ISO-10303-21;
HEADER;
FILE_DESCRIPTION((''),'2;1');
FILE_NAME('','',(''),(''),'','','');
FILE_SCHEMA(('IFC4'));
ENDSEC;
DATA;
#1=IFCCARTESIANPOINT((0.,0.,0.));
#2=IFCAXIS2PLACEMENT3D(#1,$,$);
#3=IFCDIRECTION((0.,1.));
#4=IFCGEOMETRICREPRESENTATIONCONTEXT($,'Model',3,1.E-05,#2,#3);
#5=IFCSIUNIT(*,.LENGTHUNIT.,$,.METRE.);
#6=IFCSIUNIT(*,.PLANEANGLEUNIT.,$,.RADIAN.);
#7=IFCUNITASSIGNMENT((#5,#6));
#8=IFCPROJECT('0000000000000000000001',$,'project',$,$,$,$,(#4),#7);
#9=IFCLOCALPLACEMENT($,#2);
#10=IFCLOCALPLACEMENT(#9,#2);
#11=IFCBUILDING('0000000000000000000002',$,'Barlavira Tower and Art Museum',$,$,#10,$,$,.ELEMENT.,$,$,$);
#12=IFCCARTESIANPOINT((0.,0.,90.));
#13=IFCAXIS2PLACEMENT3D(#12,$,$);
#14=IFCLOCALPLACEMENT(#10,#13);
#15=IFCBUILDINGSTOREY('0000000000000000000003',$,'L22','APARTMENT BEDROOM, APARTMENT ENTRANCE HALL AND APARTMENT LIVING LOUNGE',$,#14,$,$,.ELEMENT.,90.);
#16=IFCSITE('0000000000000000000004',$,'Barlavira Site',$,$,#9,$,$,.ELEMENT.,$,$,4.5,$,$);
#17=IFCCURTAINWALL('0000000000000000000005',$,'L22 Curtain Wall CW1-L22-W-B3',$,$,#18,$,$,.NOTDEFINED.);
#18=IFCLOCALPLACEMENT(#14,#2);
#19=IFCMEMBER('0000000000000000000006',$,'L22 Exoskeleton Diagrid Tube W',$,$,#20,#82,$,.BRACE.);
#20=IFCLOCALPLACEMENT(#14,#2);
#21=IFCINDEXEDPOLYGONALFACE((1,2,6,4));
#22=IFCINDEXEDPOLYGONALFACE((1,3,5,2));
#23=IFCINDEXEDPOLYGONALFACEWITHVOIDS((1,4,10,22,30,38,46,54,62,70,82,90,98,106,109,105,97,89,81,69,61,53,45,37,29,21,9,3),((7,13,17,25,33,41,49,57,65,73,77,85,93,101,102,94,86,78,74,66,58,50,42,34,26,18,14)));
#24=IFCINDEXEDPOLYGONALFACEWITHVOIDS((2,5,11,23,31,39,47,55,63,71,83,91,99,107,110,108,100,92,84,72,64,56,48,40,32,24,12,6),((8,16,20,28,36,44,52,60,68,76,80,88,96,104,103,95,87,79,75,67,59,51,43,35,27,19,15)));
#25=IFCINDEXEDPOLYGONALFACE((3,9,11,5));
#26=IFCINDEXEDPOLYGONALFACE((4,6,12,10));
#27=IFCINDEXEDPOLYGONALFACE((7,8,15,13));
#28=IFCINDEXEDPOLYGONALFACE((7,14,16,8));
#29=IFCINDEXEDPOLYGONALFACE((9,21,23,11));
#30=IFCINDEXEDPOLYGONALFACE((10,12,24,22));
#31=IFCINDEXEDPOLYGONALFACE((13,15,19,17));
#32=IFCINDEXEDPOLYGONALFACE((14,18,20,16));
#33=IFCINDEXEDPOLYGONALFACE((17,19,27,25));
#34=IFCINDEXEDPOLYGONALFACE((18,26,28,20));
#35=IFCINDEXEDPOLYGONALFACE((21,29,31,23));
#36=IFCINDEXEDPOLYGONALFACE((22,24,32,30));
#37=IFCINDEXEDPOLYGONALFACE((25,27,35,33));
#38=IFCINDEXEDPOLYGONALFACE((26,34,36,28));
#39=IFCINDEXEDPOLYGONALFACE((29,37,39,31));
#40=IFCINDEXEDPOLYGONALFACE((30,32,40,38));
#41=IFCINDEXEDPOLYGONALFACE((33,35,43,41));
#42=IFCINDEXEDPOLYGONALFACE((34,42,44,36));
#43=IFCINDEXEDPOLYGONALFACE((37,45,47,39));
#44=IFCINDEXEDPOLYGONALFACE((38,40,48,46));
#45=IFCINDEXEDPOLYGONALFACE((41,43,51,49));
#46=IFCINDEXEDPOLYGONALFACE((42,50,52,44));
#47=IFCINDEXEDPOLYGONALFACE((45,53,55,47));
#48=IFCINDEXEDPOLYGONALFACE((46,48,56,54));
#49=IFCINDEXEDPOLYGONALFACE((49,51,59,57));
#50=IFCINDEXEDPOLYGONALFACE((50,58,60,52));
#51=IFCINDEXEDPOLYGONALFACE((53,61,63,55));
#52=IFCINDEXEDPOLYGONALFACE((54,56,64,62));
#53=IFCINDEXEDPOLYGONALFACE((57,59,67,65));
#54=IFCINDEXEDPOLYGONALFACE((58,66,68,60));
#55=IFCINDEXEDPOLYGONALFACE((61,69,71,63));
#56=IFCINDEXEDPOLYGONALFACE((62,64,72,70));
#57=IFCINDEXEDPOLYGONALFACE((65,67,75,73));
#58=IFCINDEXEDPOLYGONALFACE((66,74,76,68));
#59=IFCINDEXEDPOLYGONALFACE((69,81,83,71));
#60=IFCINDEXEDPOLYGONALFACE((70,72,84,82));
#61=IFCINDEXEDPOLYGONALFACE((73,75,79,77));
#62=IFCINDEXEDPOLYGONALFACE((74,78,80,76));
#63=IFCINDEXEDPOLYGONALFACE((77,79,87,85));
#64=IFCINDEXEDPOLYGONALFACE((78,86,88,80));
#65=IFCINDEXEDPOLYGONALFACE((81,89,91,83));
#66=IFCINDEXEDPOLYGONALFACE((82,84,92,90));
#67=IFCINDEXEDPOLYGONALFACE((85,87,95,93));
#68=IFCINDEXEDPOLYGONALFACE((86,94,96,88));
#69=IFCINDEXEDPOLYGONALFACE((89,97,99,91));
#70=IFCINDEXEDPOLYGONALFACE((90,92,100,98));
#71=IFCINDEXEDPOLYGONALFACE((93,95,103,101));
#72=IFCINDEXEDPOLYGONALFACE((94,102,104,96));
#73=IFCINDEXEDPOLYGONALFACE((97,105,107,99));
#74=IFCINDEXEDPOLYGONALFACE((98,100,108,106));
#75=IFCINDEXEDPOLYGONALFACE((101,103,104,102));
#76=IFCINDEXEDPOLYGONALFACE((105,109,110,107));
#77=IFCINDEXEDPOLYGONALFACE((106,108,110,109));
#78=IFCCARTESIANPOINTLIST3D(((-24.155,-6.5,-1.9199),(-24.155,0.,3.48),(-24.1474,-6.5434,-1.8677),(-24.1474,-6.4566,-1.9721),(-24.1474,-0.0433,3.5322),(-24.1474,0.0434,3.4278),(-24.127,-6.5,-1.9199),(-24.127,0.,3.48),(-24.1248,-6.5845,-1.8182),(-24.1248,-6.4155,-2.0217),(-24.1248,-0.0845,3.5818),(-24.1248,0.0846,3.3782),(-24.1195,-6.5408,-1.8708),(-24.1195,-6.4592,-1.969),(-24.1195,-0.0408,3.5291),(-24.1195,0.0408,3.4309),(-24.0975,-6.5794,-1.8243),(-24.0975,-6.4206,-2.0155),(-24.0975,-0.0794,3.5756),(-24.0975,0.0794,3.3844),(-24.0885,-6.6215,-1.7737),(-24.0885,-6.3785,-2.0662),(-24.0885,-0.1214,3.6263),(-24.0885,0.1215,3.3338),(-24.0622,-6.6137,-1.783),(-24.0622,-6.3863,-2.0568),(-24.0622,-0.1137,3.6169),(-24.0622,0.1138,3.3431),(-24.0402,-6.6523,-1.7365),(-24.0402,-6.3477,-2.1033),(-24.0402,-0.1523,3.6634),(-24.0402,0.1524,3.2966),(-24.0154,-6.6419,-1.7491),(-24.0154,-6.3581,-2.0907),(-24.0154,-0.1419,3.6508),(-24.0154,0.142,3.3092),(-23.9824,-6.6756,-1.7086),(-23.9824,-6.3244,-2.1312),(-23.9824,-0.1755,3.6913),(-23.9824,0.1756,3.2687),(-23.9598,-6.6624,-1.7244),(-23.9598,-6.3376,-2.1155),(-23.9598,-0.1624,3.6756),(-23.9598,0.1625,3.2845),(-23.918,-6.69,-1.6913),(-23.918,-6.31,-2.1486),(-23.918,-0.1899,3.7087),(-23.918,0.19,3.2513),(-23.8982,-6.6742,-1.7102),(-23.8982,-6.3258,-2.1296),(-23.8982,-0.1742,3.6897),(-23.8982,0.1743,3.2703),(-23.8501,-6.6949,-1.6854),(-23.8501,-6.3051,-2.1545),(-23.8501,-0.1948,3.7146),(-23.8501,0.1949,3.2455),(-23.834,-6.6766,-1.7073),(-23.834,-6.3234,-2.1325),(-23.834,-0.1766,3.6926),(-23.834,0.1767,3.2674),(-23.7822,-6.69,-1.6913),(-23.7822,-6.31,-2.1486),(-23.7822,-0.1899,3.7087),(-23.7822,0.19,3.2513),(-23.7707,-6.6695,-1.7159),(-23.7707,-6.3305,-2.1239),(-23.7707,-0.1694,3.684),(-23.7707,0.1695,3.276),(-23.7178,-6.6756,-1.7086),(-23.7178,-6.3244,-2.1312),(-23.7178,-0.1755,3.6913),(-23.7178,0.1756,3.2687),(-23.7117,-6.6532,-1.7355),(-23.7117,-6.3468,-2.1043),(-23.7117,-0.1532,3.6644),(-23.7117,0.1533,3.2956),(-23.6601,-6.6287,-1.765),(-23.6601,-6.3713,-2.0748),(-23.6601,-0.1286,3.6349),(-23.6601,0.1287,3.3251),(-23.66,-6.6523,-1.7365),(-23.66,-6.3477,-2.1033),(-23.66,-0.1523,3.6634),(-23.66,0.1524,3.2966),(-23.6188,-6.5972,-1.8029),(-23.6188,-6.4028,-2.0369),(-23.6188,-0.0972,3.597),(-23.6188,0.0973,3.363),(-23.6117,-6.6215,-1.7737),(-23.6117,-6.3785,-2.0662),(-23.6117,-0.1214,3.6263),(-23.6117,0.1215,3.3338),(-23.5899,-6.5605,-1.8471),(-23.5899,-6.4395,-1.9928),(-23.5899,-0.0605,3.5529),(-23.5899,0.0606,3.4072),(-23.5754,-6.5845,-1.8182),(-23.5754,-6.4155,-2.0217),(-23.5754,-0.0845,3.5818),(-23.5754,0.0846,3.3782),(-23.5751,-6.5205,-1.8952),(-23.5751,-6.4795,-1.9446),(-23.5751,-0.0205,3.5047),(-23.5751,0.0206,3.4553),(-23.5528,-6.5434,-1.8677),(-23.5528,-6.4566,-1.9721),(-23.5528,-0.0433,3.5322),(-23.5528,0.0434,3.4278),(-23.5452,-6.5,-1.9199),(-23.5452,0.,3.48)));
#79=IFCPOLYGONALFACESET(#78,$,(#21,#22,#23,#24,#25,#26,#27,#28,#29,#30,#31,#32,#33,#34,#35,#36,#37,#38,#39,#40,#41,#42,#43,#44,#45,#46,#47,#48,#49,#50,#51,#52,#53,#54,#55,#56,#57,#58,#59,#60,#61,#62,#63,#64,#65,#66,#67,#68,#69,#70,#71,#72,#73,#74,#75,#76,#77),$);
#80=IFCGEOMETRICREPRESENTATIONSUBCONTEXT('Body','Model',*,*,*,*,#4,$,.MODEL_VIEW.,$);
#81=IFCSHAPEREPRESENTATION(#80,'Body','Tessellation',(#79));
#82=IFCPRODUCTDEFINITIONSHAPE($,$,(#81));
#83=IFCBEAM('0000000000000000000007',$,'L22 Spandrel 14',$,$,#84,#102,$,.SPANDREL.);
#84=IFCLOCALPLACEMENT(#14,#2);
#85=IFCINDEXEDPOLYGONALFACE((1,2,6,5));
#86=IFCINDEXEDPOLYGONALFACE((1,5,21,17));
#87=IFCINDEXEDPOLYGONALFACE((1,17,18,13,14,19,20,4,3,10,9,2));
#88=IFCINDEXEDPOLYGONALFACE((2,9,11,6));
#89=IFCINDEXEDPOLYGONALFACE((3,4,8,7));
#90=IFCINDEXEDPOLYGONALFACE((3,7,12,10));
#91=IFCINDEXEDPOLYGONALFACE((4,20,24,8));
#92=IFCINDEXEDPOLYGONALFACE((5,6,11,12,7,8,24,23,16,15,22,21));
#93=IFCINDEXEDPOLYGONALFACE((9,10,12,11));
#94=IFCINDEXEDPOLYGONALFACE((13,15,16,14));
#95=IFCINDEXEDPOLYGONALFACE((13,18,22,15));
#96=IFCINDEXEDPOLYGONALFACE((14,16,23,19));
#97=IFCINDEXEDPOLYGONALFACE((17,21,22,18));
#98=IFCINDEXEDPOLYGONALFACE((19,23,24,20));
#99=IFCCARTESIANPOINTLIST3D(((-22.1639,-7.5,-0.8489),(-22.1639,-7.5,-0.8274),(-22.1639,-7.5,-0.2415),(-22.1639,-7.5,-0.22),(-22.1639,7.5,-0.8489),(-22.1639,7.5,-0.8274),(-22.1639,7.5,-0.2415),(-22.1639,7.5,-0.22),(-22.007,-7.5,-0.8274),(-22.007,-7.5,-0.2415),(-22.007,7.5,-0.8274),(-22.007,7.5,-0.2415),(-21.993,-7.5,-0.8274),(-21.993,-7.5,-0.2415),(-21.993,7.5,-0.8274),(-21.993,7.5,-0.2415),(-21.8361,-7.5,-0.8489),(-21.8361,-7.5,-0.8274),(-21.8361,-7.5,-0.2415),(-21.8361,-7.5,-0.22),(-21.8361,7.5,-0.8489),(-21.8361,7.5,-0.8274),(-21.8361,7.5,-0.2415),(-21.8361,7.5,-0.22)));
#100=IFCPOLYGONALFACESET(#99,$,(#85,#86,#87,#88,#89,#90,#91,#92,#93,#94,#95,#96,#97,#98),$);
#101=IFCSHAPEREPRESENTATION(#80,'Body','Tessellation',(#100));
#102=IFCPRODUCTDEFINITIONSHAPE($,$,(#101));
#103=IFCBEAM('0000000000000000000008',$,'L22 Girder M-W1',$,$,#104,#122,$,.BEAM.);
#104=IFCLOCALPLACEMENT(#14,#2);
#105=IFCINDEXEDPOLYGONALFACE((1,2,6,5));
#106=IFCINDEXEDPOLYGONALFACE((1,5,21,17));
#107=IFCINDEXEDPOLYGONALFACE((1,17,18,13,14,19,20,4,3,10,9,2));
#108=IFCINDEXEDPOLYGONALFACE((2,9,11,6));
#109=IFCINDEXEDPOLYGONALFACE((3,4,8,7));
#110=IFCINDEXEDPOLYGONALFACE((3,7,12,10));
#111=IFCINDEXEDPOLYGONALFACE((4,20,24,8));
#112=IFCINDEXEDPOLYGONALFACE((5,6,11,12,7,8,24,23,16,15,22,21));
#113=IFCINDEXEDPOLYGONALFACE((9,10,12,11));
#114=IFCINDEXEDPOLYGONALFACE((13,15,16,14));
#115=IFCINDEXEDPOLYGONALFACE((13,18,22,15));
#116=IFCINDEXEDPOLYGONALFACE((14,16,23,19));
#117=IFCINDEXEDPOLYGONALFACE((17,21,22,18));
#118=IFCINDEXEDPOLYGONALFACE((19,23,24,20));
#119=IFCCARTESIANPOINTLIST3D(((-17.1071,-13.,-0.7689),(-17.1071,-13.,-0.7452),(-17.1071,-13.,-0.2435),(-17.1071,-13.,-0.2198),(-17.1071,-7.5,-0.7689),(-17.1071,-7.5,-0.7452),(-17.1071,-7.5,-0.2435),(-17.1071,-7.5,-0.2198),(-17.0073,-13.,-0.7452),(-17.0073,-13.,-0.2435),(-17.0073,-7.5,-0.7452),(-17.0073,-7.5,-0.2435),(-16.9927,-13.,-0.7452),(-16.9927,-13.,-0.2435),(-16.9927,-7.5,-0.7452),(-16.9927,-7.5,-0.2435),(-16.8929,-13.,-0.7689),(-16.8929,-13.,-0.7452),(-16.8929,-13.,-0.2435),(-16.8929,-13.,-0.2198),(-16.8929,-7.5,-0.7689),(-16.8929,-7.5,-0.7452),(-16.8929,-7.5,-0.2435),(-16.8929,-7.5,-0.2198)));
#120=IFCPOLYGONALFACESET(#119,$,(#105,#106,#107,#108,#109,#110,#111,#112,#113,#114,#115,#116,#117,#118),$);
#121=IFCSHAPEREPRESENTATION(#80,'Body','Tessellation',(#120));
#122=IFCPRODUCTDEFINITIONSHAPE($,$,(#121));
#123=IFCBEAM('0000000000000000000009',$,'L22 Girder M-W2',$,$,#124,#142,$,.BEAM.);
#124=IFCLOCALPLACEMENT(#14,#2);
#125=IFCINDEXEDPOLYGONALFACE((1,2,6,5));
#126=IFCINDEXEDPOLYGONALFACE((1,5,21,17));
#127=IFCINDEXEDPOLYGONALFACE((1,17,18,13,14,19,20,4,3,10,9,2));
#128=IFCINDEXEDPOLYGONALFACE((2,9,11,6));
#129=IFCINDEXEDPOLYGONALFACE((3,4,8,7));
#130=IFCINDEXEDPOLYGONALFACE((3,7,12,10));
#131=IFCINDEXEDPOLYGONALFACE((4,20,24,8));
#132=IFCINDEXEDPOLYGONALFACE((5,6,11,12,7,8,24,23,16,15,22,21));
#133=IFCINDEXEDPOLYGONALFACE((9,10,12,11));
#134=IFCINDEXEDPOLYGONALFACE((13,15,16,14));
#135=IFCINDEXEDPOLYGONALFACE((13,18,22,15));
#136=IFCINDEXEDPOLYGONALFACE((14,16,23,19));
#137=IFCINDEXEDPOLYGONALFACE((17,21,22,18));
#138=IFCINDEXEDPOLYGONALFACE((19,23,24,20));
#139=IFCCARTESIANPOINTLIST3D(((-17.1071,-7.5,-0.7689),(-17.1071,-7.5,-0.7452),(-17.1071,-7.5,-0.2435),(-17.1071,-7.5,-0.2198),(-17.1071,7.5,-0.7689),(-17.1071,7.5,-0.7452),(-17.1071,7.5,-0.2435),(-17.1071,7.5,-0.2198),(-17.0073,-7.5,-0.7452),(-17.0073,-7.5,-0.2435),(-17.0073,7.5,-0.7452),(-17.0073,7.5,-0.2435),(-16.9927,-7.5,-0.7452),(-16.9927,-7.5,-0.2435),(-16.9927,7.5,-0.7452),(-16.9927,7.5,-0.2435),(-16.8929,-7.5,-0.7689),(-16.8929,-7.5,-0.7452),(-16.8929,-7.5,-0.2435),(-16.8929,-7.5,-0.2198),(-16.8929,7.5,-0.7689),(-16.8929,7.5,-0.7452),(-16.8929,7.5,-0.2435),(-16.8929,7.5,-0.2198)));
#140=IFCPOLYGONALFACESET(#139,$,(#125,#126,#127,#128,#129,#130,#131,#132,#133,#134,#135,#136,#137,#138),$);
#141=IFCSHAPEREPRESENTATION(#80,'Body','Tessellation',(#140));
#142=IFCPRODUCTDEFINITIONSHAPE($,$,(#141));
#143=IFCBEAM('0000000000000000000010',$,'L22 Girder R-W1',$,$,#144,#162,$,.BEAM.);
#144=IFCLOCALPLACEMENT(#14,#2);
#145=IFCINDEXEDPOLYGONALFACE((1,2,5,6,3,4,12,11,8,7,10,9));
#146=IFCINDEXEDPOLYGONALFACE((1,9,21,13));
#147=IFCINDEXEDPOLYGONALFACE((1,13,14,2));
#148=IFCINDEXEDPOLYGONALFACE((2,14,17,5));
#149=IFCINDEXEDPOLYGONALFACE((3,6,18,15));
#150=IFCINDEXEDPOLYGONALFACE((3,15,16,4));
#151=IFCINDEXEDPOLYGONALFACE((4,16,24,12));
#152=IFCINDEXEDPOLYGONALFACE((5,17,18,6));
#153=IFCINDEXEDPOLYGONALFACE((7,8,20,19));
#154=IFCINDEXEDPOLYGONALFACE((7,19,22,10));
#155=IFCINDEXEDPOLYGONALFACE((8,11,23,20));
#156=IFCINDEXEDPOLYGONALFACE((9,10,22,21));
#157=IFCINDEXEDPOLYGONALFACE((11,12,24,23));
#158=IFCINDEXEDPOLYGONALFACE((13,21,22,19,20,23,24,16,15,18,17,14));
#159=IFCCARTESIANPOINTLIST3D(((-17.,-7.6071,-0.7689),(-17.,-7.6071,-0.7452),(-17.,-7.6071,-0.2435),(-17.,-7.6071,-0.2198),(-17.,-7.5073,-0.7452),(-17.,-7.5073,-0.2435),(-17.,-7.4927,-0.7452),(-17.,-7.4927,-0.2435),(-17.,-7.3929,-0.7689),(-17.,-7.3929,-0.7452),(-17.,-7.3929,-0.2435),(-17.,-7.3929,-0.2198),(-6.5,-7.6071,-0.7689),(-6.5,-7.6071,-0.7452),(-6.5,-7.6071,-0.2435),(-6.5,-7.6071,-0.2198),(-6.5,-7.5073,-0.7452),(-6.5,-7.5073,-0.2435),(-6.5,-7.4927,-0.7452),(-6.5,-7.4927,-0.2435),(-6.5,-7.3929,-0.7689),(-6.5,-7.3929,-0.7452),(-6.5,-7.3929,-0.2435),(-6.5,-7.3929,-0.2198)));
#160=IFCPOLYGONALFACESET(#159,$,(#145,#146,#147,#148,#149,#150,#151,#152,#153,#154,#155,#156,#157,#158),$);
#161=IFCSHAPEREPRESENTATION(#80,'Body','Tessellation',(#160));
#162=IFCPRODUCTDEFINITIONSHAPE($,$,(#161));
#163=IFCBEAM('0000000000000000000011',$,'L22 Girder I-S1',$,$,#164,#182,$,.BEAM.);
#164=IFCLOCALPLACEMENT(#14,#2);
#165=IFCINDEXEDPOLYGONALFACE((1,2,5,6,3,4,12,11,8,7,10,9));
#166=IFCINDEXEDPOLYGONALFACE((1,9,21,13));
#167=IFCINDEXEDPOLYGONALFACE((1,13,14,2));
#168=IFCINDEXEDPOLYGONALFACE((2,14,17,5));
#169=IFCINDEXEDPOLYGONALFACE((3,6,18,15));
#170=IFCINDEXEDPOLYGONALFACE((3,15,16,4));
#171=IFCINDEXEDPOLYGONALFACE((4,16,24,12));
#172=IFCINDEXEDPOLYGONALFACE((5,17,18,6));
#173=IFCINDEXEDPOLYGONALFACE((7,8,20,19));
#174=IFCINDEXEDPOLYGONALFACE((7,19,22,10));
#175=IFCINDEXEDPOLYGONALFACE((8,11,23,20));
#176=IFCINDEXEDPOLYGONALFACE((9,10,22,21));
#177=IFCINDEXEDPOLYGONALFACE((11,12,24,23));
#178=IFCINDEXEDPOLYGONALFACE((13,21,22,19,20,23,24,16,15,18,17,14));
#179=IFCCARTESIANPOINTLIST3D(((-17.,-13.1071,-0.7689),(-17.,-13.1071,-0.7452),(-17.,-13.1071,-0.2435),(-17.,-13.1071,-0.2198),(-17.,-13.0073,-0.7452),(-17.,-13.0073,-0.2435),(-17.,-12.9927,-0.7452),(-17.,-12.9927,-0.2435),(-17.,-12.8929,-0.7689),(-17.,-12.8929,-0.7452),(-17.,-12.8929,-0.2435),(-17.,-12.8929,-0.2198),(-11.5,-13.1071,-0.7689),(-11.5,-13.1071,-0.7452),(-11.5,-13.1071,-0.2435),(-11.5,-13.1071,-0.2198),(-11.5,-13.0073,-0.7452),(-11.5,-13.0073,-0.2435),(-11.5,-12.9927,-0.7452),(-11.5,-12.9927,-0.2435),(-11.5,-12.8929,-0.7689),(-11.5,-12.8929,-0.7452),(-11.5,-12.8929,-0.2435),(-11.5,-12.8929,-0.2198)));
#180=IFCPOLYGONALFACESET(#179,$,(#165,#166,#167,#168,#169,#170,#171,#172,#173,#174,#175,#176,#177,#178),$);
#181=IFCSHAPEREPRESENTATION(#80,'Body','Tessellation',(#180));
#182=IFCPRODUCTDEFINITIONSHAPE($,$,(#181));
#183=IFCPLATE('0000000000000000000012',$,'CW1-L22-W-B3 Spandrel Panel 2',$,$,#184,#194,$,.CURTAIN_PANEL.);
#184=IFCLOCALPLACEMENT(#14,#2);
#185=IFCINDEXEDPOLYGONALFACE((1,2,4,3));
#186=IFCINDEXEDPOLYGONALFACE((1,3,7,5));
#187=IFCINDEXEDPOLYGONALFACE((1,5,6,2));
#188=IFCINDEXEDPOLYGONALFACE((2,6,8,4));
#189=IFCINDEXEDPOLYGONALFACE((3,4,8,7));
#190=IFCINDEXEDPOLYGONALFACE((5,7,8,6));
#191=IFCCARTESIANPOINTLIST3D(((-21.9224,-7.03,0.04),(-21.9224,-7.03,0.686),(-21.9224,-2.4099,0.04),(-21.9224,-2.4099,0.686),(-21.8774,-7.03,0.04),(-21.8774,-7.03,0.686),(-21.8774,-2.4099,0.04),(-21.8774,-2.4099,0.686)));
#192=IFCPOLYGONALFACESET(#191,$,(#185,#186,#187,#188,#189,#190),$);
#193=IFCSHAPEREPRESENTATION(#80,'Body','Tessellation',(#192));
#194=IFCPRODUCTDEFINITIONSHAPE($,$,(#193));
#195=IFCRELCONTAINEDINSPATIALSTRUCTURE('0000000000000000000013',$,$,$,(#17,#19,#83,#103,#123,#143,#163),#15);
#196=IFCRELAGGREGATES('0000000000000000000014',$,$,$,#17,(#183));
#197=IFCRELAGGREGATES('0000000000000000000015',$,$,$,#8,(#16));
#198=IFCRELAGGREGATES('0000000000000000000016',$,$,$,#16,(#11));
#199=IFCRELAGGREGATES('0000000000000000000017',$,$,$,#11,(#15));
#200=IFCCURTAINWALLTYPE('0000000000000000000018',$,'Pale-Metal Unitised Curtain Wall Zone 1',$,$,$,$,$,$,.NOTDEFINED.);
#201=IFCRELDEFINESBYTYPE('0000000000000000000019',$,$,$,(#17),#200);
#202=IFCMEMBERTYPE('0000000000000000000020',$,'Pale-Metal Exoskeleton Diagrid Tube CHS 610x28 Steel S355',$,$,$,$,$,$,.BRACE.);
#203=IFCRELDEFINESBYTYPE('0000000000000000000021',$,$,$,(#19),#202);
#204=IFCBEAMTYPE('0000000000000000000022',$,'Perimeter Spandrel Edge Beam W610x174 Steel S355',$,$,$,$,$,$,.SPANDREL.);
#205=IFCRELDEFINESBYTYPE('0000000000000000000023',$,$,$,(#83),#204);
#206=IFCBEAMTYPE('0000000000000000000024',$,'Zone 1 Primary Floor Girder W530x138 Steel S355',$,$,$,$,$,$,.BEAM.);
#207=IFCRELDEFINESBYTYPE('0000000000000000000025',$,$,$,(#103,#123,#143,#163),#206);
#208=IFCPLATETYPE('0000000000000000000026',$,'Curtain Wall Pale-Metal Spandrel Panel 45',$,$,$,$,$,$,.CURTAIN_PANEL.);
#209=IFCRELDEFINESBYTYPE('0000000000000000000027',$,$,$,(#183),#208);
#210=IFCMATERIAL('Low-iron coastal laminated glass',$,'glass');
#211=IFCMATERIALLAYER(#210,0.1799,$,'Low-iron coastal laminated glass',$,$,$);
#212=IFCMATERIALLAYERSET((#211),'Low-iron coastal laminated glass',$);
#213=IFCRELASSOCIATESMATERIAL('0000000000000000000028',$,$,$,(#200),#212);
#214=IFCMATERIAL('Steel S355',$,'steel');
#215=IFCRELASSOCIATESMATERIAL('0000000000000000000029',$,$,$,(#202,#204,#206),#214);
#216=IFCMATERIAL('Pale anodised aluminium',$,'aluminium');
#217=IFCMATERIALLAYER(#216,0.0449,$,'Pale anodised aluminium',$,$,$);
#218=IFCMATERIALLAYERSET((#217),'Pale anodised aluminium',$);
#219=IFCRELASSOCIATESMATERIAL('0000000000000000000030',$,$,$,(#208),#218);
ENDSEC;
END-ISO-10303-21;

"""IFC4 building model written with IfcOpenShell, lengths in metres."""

from ifc_helpers import new_model, si_unit, direction, frame, origin, origin_2d, place, context, subcontext, project, spatial, rectangle, hollow_circle, i_section, extrude, material, layer, layer_set, material_profile, profile_set, type_object, element, aggregate, save


model = new_model("IFC4")

# Units and contexts
model_context = context("Model", 3, precision=1e-05, world=origin(), true_north=direction((0.0, 1.0)))
body_context = subcontext(model_context, "Body", "Model", "MODEL_VIEW")
ifc_project = project(units=[si_unit("LENGTHUNIT", "METRE"), si_unit("PLANEANGLEUNIT", "RADIAN")], contexts=[model_context])

# Site, building, storey
site_placement = place(None, origin())
site = spatial("IfcSite", under=ifc_project, at=site_placement, Name="Barlavira Site", CompositionType="ELEMENT", RefElevation=4.5)
building_placement = place(site_placement, origin())
building = spatial("IfcBuilding", under=site, at=building_placement, Name="Barlavira Tower and Art Museum", CompositionType="ELEMENT")
storey_placement = place(building_placement, frame((0.0, 0.0, 90.0)))
storey = spatial("IfcBuildingStorey", under=building, at=storey_placement, Name="L22", Description="APARTMENT BEDROOM, APARTMENT ENTRANCE HALL AND APARTMENT LIVING LOUNGE", CompositionType="ELEMENT", Elevation=90.0)

# Curtain wall
ifc_material_1 = material(Name="Low-iron coastal laminated glass", Category="glass")
ifc_layer_1 = layer(ifc_material_1, 0.1799, Name="Low-iron coastal laminated glass")
ifc_layer_set_1 = layer_set([ifc_layer_1], Name="Low-iron coastal laminated glass")
curtain_wall_type = type_object("IfcCurtainWallType", Name="Pale-Metal Unitised Curtain Wall Zone 1", PredefinedType="NOTDEFINED", material=ifc_layer_set_1)
curtain_wall_placement = place(storey_placement, origin())
curtain_wall = element("IfcCurtainWall", 1, at=curtain_wall_placement, inside=storey, type_object=curtain_wall_type, Name="L22 Curtain Wall CW1-L22-W-B3", PredefinedType="NOTDEFINED")
ifc_material_2 = material(Name="Pale anodised aluminium", Category="aluminium")

# Member
ifc_material_3 = material(Name="Steel S355", Category="steel")
ifc_material_profile_1 = material_profile(ifc_material_3, hollow_circle(Radius=0.3049, WallThickness=0.0281, at=origin_2d()), Name="CHS 610.0x28.0")
ifc_profile_set_1 = profile_set([ifc_material_profile_1], Name="Steel S355")
member_type_1 = type_object("IfcMemberType", Name="Pale-Metal Exoskeleton Diagrid Tube CHS 610x28 Steel S355", PredefinedType="BRACE", material=ifc_profile_set_1)
for number, where, z_axis, x_axis, name in (
    (2, (-23.8501, -6.5, -1.9199), (0.0, 0.769196, 0.639013), (-1.0, 0.0, 0.0), "L22 Exoskeleton Diagrid Tube W"),
):
    element("IfcMember", number, at=place(storey_placement, frame(where, z_axis=z_axis, x_axis=x_axis)), inside=storey, type_object=member_type_1, Name=name, PredefinedType="BRACE", context=body_context, shape_type="SweptSolid", body=[
        extrude(hollow_circle(Radius=0.3049, WallThickness=0.0281, at=origin_2d()), origin(), (0.0, 0.0, 1.0), 8.4504),
    ])

# Beams
ifc_material_profile_2 = material_profile(ifc_material_3, i_section(OverallWidth=0.3279, OverallDepth=0.6289, WebThickness=0.0139, FlangeThickness=0.0215, at=origin_2d()), Name="W610x174.0")
ifc_profile_set_2 = profile_set([ifc_material_profile_2], Name="Steel S355")
beam_type_1 = type_object("IfcBeamType", Name="Perimeter Spandrel Edge Beam W610x174 Steel S355", PredefinedType="SPANDREL", material=ifc_profile_set_2)
beam_1_placement = place(storey_placement, frame((-22.0, -7.5, -0.5344), z_axis=(0.0, 1.0, 0.0), x_axis=(-1.0, 0.0, 0.0)))
element("IfcBeam", 3, at=beam_1_placement, inside=storey, type_object=beam_type_1, Name="L22 Spandrel 14", PredefinedType="SPANDREL", context=body_context, shape_type="SweptSolid", body=[
    extrude(i_section(OverallWidth=0.3279, OverallDepth=0.6289, WebThickness=0.0139, FlangeThickness=0.0215, at=origin_2d()), origin(), (0.0, 0.0, 1.0), 15.0),
])
ifc_material_profile_3 = material_profile(ifc_material_3, i_section(OverallWidth=0.2141, OverallDepth=0.5491, WebThickness=0.0146, FlangeThickness=0.0237, at=origin_2d()), Name="W530x138.0")
ifc_profile_set_3 = profile_set([ifc_material_profile_3], Name="Steel S355")
beam_type_2 = type_object("IfcBeamType", Name="Zone 1 Primary Floor Girder W530x138 Steel S355", PredefinedType="BEAM", material=ifc_profile_set_3)
beam_2_placement = place(storey_placement, frame((-17.0, -13.0, -0.4944), z_axis=(0.0, 1.0, 0.0), x_axis=(-1.0, 0.0, 0.0)))
element("IfcBeam", 4, at=beam_2_placement, inside=storey, type_object=beam_type_2, Name="L22 Girder M-W1", PredefinedType="BEAM", context=body_context, shape_type="SweptSolid", body=[
    extrude(i_section(OverallWidth=0.2141, OverallDepth=0.5491, WebThickness=0.0146, FlangeThickness=0.0237, at=origin_2d()), origin(), (0.0, 0.0, 1.0), 5.5),
])
beam_3_placement = place(storey_placement, frame((-17.0, -7.5, -0.4944), z_axis=(0.0, 1.0, 0.0), x_axis=(-1.0, 0.0, 0.0)))
element("IfcBeam", 5, at=beam_3_placement, inside=storey, type_object=beam_type_2, Name="L22 Girder M-W2", PredefinedType="BEAM", context=body_context, shape_type="SweptSolid", body=[
    extrude(i_section(OverallWidth=0.2141, OverallDepth=0.5491, WebThickness=0.0146, FlangeThickness=0.0237, at=origin_2d()), origin(), (0.0, 0.0, 1.0), 15.0),
])
beam_4_placement = place(storey_placement, frame((-17.0, -7.5, -0.4944), z_axis=(1.0, 0.0, 0.0), x_axis=(0.0, 1.0, 0.0)))
element("IfcBeam", 6, at=beam_4_placement, inside=storey, type_object=beam_type_2, Name="L22 Girder R-W1", PredefinedType="BEAM", context=body_context, shape_type="SweptSolid", body=[
    extrude(i_section(OverallWidth=0.2141, OverallDepth=0.5491, WebThickness=0.0146, FlangeThickness=0.0237, at=origin_2d()), origin(), (0.0, 0.0, 1.0), 10.5),
])
beam_5_placement = place(storey_placement, frame((-17.0, -13.0, -0.4944), z_axis=(1.0, 0.0, 0.0), x_axis=(0.0, 1.0, 0.0)))
element("IfcBeam", 7, at=beam_5_placement, inside=storey, type_object=beam_type_2, Name="L22 Girder I-S1", PredefinedType="BEAM", context=body_context, shape_type="SweptSolid", body=[
    extrude(i_section(OverallWidth=0.2141, OverallDepth=0.5491, WebThickness=0.0146, FlangeThickness=0.0237, at=origin_2d()), origin(), (0.0, 0.0, 1.0), 5.5),
])

# Plate
ifc_layer_2 = layer(ifc_material_2, 0.0449, Name="Pale anodised aluminium")
ifc_layer_set_2 = layer_set([ifc_layer_2], Name="Pale anodised aluminium")
plate_type_1 = type_object("IfcPlateType", Name="Curtain Wall Pale-Metal Spandrel Panel 45", PredefinedType="CURTAIN_PANEL", material=ifc_layer_set_2)
plate_1_placement = place(storey_placement, frame((-21.8999, -4.72, 0.04), z_axis=(0.0, 0.0, 1.0), x_axis=(0.0, -1.0, 0.0)))
plate_1 = element("IfcPlate", 8, at=plate_1_placement, type_object=plate_type_1, Name="CW1-L22-W-B3 Spandrel Panel 2", PredefinedType="CURTAIN_PANEL", context=body_context, shape_type="SweptSolid", body=[
    extrude(rectangle(XDim=4.6201, YDim=0.0449, at=origin_2d()), origin(), (0.0, 0.0, 1.0), 0.646),
])
aggregate(curtain_wall, [plate_1])

save(model, "model.ifc")
